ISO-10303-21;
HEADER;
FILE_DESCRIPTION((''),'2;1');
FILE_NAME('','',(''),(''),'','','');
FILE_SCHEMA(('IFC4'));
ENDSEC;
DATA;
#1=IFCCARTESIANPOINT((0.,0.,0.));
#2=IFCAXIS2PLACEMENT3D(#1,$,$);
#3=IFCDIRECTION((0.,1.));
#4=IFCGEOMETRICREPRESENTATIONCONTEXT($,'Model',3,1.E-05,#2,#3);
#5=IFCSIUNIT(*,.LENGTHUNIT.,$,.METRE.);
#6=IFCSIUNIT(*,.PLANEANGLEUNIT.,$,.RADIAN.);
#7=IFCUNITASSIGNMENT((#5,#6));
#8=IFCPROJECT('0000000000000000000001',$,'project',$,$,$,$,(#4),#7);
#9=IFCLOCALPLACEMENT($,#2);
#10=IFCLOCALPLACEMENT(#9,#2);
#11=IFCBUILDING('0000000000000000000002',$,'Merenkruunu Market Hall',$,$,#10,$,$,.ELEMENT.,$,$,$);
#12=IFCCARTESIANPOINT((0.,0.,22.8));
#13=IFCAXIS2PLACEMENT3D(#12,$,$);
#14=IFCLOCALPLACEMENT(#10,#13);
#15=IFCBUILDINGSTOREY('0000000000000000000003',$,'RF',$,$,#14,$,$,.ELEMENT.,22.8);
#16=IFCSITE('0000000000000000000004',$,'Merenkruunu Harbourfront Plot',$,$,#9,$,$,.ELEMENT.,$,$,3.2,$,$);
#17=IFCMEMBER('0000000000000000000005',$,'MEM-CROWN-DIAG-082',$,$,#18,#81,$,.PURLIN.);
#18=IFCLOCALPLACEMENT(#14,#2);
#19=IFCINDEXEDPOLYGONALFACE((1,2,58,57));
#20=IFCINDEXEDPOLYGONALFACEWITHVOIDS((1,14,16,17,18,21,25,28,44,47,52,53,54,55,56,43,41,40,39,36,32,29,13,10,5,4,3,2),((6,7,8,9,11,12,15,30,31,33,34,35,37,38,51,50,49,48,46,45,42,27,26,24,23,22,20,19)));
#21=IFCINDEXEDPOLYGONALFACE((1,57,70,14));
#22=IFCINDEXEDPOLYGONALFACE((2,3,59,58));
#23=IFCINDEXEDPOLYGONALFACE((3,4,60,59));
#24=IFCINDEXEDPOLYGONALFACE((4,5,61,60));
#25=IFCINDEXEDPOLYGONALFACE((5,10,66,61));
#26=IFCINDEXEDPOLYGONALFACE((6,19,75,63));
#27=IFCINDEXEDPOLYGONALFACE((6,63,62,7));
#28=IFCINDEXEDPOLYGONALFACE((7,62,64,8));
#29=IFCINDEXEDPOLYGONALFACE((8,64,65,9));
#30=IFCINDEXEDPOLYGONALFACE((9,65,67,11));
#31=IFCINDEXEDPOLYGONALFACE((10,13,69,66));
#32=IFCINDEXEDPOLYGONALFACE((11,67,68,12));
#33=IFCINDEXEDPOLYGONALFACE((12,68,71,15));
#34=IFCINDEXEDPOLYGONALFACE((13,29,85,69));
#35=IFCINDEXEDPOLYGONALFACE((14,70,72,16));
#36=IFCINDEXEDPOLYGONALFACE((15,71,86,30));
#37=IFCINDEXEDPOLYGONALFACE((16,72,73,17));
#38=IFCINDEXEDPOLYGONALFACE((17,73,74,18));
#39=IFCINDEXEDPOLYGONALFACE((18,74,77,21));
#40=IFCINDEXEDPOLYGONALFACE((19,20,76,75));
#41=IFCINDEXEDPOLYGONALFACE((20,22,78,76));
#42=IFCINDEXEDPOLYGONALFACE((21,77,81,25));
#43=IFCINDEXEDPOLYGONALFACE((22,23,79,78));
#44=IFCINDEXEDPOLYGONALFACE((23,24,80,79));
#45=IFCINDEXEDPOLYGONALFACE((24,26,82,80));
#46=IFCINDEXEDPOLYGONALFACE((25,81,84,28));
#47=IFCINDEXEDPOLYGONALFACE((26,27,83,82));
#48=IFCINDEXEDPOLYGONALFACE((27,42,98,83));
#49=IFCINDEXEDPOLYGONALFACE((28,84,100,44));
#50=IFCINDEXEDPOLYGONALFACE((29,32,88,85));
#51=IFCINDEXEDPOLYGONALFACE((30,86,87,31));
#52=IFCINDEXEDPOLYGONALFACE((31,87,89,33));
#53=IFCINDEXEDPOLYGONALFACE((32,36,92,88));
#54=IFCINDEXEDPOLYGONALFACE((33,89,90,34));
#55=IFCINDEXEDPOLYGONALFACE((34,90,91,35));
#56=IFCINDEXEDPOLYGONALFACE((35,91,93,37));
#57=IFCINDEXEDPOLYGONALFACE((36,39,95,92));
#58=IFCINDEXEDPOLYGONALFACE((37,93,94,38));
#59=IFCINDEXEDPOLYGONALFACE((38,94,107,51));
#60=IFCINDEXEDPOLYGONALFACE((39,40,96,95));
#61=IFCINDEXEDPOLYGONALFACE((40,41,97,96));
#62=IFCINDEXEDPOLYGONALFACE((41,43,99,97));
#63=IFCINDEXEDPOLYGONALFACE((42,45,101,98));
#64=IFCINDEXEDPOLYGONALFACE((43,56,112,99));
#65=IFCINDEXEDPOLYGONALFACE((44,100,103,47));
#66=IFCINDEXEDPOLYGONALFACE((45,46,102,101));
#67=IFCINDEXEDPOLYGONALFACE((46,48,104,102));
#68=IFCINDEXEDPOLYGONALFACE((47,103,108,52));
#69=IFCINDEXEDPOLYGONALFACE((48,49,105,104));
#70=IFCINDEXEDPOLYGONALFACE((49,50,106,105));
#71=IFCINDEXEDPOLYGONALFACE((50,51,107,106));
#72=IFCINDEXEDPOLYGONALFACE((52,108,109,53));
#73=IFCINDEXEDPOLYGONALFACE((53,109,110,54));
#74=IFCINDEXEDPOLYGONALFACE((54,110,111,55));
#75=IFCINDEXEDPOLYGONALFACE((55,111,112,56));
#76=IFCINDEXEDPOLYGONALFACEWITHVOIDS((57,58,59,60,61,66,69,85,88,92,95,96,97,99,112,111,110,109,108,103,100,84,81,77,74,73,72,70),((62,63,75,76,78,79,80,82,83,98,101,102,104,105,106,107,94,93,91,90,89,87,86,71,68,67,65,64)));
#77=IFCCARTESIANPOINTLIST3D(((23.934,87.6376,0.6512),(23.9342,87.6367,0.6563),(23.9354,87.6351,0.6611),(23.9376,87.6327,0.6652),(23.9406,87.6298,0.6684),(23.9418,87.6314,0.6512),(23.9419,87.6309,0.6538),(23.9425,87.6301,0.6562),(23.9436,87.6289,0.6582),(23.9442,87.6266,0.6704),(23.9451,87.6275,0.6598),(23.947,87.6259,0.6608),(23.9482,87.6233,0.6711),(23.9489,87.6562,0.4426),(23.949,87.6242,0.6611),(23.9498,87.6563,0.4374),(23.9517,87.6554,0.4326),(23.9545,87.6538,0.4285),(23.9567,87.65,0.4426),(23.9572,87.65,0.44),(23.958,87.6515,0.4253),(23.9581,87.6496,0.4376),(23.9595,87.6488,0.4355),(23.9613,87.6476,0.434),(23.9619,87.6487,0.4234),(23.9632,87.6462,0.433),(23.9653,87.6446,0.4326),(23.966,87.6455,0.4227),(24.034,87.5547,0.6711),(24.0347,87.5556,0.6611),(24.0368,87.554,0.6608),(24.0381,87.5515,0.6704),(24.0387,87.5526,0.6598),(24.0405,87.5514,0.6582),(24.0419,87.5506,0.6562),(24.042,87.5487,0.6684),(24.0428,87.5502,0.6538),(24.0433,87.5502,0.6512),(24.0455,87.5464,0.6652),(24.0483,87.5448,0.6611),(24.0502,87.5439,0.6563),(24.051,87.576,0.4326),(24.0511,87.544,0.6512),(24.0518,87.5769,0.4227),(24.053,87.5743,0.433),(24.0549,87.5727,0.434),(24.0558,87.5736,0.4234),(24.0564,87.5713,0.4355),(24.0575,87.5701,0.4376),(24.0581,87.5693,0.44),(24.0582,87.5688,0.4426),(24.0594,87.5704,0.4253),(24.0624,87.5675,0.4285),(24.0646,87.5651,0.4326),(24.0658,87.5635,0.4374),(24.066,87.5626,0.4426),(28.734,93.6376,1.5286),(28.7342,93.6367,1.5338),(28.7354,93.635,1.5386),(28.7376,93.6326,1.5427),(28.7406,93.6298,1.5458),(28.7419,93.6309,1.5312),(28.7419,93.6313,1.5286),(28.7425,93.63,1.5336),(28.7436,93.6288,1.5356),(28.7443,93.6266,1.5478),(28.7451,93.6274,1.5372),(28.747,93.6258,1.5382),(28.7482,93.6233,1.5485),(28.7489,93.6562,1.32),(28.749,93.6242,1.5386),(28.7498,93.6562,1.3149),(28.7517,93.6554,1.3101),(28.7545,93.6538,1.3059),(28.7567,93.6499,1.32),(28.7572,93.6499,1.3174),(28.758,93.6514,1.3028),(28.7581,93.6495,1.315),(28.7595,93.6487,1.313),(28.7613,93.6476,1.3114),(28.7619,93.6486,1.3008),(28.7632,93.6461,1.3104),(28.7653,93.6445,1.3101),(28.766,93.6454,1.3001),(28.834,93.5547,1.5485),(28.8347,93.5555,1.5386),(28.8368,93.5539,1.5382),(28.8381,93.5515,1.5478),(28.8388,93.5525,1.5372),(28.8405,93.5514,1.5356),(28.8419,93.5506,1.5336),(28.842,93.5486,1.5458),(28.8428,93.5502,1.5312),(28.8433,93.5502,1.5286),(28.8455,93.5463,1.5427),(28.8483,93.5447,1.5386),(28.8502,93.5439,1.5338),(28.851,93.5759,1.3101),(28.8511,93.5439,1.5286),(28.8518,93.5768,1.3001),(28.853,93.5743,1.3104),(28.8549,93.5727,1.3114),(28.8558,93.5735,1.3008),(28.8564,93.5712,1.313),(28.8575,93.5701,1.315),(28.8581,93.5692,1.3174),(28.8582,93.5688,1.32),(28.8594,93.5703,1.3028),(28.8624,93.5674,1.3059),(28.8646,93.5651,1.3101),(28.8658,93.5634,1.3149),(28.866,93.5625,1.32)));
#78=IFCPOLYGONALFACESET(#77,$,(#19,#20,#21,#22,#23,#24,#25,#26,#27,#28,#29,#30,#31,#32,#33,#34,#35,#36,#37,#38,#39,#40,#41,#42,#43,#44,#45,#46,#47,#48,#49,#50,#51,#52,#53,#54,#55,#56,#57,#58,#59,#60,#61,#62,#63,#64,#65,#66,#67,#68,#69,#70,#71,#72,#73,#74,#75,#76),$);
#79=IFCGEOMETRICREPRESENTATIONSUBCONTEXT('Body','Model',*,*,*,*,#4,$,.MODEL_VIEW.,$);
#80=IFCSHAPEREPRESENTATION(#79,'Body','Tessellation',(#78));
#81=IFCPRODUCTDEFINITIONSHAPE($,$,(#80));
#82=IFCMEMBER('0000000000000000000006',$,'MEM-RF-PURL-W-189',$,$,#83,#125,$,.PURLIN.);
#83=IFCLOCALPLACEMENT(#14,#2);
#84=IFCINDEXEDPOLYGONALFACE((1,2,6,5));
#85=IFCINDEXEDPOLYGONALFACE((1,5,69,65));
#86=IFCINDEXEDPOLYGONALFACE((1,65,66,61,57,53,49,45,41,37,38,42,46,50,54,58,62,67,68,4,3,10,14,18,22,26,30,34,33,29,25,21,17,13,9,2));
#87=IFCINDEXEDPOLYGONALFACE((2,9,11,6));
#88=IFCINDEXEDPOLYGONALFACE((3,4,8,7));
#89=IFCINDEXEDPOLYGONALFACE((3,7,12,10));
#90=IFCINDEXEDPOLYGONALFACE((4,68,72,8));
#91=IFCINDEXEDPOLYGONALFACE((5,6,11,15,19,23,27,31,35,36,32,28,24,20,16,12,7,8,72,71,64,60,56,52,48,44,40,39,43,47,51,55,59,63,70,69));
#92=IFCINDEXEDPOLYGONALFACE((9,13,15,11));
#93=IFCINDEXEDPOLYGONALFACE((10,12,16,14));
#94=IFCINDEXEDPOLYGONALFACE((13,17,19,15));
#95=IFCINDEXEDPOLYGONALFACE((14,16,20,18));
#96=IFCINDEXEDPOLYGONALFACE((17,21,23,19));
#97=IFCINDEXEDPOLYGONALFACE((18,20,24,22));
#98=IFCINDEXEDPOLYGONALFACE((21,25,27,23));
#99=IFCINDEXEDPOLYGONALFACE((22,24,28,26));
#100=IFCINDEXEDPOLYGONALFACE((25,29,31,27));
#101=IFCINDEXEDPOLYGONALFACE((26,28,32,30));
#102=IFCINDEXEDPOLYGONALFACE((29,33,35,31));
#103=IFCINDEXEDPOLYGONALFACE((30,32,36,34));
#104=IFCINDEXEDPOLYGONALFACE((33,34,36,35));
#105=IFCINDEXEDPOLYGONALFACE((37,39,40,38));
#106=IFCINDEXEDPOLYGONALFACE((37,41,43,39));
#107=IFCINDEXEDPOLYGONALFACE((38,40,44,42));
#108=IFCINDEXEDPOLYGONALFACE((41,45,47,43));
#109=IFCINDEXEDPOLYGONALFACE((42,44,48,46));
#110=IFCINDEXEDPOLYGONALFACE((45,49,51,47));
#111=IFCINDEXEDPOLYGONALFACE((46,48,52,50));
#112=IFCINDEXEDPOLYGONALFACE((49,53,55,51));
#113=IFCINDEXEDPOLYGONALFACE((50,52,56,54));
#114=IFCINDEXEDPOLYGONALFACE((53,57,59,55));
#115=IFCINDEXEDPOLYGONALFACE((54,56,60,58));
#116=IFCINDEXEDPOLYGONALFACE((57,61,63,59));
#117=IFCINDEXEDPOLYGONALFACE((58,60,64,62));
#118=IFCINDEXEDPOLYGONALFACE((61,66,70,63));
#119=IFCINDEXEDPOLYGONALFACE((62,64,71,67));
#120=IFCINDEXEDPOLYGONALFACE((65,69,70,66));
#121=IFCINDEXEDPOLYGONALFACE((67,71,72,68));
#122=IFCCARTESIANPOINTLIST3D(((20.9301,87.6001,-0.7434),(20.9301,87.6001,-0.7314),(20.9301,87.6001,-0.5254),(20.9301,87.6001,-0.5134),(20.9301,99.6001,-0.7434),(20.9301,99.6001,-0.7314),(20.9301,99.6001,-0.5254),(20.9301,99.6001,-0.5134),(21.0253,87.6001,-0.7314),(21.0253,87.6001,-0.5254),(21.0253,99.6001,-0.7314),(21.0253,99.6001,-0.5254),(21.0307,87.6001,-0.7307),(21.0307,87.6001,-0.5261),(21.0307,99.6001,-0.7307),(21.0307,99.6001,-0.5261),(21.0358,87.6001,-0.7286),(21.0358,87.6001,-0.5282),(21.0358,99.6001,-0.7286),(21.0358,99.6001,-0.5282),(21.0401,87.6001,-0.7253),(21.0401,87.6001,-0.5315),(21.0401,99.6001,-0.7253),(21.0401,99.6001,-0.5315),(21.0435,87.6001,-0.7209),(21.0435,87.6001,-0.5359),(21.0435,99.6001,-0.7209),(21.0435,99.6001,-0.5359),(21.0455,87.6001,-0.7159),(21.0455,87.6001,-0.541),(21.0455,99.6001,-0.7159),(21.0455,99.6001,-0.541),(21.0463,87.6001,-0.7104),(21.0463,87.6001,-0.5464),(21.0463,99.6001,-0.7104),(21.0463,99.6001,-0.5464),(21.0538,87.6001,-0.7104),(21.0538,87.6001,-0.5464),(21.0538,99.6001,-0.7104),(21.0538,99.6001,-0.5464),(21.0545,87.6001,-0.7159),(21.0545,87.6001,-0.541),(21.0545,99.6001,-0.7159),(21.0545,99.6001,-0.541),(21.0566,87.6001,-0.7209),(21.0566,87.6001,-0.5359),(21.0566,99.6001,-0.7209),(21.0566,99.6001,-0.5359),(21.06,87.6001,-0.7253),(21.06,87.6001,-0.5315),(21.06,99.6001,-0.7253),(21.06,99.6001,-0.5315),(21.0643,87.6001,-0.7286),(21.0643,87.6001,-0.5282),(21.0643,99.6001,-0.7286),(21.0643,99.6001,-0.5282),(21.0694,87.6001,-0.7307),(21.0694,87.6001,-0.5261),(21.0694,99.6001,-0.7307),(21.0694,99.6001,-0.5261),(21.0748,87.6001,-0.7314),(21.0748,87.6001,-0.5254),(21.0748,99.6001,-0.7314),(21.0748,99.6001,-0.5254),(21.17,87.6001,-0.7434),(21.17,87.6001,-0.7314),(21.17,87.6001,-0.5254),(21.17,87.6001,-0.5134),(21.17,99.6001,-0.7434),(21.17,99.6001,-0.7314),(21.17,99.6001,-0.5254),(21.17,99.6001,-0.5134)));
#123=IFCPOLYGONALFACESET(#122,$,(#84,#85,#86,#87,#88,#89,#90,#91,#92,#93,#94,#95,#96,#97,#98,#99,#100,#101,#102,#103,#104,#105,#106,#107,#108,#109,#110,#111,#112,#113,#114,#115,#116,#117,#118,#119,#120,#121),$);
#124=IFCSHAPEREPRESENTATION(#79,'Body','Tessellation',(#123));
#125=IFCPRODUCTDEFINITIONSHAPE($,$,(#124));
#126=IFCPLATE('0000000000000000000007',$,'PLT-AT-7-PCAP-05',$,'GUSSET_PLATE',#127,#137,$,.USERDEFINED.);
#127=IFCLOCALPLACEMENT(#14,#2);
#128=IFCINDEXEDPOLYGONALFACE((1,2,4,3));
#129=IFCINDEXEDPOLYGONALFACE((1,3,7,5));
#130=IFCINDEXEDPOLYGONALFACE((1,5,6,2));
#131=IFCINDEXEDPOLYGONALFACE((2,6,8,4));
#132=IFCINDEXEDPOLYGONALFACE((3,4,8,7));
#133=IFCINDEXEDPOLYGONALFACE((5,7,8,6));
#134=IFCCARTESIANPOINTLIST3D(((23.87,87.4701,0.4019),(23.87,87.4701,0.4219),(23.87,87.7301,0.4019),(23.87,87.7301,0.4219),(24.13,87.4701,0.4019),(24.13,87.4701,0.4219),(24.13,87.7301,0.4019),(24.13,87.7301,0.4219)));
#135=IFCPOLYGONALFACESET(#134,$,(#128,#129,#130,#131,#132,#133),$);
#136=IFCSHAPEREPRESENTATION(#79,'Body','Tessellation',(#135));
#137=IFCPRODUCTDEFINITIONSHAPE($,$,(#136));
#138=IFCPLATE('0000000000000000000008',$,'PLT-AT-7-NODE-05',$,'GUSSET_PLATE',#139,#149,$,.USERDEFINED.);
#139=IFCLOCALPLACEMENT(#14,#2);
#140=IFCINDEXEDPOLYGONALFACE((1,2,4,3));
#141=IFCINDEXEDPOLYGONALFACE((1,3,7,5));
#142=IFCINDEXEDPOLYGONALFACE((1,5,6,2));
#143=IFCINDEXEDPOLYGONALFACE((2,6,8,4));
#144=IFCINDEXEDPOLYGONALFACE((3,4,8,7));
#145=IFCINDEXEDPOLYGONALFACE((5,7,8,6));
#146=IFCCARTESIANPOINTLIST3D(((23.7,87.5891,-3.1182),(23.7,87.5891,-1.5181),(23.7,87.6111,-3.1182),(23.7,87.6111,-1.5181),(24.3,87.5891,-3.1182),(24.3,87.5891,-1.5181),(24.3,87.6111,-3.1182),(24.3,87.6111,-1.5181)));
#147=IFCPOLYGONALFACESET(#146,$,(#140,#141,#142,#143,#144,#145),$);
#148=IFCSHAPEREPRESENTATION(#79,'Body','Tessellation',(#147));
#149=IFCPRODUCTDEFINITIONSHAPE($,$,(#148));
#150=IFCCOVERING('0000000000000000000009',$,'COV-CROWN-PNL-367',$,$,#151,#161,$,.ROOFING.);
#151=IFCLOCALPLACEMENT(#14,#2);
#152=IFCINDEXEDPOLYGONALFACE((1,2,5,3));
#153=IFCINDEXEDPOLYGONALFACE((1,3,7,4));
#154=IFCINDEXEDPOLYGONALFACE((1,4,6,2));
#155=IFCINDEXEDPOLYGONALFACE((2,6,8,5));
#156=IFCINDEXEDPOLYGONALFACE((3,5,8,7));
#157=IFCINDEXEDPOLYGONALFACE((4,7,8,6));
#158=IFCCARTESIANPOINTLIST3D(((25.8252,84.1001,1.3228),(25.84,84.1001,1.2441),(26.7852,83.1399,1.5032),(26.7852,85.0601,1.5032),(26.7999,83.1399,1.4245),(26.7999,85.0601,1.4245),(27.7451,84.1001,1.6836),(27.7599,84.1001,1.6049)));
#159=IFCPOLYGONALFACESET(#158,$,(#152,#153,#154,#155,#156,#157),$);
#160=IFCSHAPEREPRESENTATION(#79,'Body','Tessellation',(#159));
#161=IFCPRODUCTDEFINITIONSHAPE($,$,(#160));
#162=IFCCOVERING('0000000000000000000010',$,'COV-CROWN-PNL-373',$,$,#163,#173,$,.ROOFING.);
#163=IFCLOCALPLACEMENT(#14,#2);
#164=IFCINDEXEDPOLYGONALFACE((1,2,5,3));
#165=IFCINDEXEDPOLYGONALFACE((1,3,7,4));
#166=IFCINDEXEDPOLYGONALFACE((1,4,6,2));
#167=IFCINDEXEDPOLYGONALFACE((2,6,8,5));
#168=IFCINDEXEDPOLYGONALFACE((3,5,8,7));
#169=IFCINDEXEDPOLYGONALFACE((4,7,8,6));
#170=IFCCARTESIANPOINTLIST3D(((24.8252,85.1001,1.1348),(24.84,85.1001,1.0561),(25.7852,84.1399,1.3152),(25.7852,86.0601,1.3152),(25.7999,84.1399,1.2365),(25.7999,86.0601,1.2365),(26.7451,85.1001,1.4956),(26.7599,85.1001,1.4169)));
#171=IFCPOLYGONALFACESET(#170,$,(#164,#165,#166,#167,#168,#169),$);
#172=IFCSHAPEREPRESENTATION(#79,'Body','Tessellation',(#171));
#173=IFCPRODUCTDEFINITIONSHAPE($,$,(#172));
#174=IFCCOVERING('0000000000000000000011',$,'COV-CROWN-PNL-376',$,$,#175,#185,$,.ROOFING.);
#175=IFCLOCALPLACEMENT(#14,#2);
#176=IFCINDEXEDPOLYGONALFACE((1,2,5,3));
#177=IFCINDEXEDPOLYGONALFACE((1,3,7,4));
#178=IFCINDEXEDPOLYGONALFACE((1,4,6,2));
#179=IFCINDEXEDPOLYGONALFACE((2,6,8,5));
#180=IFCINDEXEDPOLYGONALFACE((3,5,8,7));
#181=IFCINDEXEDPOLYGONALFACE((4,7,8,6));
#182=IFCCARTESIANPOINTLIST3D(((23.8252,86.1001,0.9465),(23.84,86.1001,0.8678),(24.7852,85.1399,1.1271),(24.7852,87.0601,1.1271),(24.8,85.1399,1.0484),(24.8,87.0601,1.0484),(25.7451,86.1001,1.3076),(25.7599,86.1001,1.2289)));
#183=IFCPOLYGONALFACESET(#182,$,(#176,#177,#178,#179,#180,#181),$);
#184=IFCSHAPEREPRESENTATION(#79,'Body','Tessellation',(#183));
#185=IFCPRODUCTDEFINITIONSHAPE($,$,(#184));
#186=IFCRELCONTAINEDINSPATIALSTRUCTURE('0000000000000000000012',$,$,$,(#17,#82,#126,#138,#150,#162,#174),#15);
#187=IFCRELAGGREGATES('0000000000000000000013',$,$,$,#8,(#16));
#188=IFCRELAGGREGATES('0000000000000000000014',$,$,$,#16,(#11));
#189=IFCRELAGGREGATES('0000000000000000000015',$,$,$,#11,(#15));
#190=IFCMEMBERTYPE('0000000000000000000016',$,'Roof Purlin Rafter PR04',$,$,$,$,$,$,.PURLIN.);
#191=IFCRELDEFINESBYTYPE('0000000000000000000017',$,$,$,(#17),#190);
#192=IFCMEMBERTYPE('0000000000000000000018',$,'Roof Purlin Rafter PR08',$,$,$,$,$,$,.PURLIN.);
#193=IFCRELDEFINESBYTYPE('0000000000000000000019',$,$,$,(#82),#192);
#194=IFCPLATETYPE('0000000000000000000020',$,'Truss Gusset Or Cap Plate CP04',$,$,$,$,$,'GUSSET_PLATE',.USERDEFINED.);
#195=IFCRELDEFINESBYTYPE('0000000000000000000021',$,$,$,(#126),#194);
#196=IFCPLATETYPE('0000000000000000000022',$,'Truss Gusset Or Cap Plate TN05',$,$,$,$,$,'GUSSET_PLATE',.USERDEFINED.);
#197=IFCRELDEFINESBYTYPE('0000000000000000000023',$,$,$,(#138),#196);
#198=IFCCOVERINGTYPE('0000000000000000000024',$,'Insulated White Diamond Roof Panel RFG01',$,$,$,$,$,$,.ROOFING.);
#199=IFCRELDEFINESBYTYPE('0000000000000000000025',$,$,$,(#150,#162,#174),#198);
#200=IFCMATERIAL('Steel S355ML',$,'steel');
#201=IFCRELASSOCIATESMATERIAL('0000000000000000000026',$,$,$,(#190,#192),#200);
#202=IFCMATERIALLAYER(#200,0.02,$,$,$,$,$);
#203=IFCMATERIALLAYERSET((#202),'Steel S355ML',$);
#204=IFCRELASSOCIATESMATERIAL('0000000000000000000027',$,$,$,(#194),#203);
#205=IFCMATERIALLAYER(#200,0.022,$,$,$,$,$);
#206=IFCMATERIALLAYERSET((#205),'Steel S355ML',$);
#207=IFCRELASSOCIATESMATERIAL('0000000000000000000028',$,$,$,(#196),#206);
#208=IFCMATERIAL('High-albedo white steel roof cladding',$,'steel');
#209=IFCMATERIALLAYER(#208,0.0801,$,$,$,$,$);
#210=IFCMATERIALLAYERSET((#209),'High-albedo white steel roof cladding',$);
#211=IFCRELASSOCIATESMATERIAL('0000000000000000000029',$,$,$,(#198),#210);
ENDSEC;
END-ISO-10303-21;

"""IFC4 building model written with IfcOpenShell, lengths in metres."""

from ifc_helpers import new_model, si_unit, direction, frame, origin, origin_2d, place, context, subcontext, project, spatial, polyline, rectangle, hollow_rectangle, i_section, outline, extrude, material, layer, layer_set, material_profile, profile_set, type_object, element, save


model = new_model("IFC4")

# Units and contexts
model_context = context("Model", 3, precision=1e-05, world=origin(), true_north=direction((0.0, 1.0)))
body_context = subcontext(model_context, "Body", "Model", "MODEL_VIEW")
ifc_project = project(units=[si_unit("LENGTHUNIT", "METRE"), si_unit("PLANEANGLEUNIT", "RADIAN")], contexts=[model_context])

# Site, building, storey
site_placement = place(None, origin())
site = spatial("IfcSite", under=ifc_project, at=site_placement, Name="Merenkruunu Harbourfront Plot", CompositionType="ELEMENT", RefElevation=3.2)
building_placement = place(site_placement, origin())
building = spatial("IfcBuilding", under=site, at=building_placement, Name="Merenkruunu Market Hall", CompositionType="ELEMENT")
storey_placement = place(building_placement, frame((0.0, 0.0, 22.8)))
storey = spatial("IfcBuildingStorey", under=building, at=storey_placement, Name="RF", CompositionType="ELEMENT", Elevation=22.8)

# Members
ifc_material_1 = material(Name="Steel S355ML", Category="steel")
ifc_material_profile_1 = material_profile(ifc_material_1, hollow_rectangle(XDim=0.1499, YDim=0.25, WallThickness=0.01, InnerFilletRadius=0.01, OuterFilletRadius=0.02, at=origin_2d()), Name="RHS 250x150x10")
ifc_profile_set_1 = profile_set([ifc_material_profile_1], Name="Steel S355ML")
member_type_1 = type_object("IfcMemberType", Name="Roof Purlin Rafter PR04", PredefinedType="PURLIN", material=ifc_profile_set_1)
member_1_placement = place(storey_placement, frame((24.0, 87.6001, 0.5469), z_axis=(0.620665, 0.775824, 0.113457), x_axis=(-0.780866, 0.624699, 0.0)))
element("IfcMember", 1, at=member_1_placement, inside=storey, type_object=member_type_1, Name="MEM-CROWN-DIAG-082", PredefinedType="PURLIN", context=body_context, shape_type="SweptSolid", body=[
    extrude(hollow_rectangle(XDim=0.1499, YDim=0.25, WallThickness=0.01, InnerFilletRadius=0.01, OuterFilletRadius=0.02, at=origin_2d()), origin(), (0.0, 0.0, 1.0), 7.7336),
])
ifc_material_profile_2 = material_profile(ifc_material_1, i_section(OverallWidth=0.24, OverallDepth=0.23, WebThickness=0.0076, FlangeThickness=0.012, FilletRadius=0.021, at=origin_2d()), Name="HEA 240")
ifc_profile_set_2 = profile_set([ifc_material_profile_2], Name="Steel S355ML")
member_type_2 = type_object("IfcMemberType", Name="Roof Purlin Rafter PR08", PredefinedType="PURLIN", material=ifc_profile_set_2)
member_2_placement = place(storey_placement, frame((21.05, 87.6001, -0.6284), z_axis=(0.0, 1.0, 0.0), x_axis=(-1.0, 0.0, 0.0)))
element("IfcMember", 2, at=member_2_placement, inside=storey, type_object=member_type_2, Name="MEM-RF-PURL-W-189", PredefinedType="PURLIN", context=body_context, shape_type="SweptSolid", body=[
    extrude(i_section(OverallWidth=0.24, OverallDepth=0.23, WebThickness=0.0076, FlangeThickness=0.012, FilletRadius=0.021, at=origin_2d()), origin(), (0.0, 0.0, 1.0), 12.0),
])

# Plates
ifc_layer_1 = layer(ifc_material_1, 0.02)
ifc_layer_set_1 = layer_set([ifc_layer_1], Name="Steel S355ML")
plate_type_1 = type_object("IfcPlateType", Name="Truss Gusset Or Cap Plate CP04", ElementType="GUSSET_PLATE", PredefinedType="USERDEFINED", material=ifc_layer_set_1)
plate_1_placement = place(storey_placement, frame((24.0, 87.6001, 0.4019), z_axis=(0.0, 0.0, 1.0), x_axis=(1.0, 0.0, 0.0)))
element("IfcPlate", 3, at=plate_1_placement, inside=storey, type_object=plate_type_1, Name="PLT-AT-7-PCAP-05", ObjectType="GUSSET_PLATE", PredefinedType="USERDEFINED", context=body_context, shape_type="SweptSolid", body=[
    extrude(rectangle(XDim=0.26, YDim=0.26, at=origin_2d()), origin(), (0.0, 0.0, 1.0), 0.02),
])
ifc_layer_2 = layer(ifc_material_1, 0.022)
ifc_layer_set_2 = layer_set([ifc_layer_2], Name="Steel S355ML")
plate_type_2 = type_object("IfcPlateType", Name="Truss Gusset Or Cap Plate TN05", ElementType="GUSSET_PLATE", PredefinedType="USERDEFINED", material=ifc_layer_set_2)
plate_2_placement = place(storey_placement, frame((24.0, 87.6001, -3.1182), z_axis=(0.0, 0.0, 1.0), x_axis=(1.0, 0.0, 0.0)))
element("IfcPlate", 4, at=plate_2_placement, inside=storey, type_object=plate_type_2, Name="PLT-AT-7-NODE-05", ObjectType="GUSSET_PLATE", PredefinedType="USERDEFINED", context=body_context, shape_type="SweptSolid", body=[
    extrude(rectangle(XDim=0.6001, YDim=0.022, at=origin_2d()), origin(), (0.0, 0.0, 1.0), 1.6001),
])

# Coverings
ifc_material_2 = material(Name="High-albedo white steel roof cladding", Category="steel")
ifc_layer_3 = layer(ifc_material_2, 0.0801)
ifc_layer_set_3 = layer_set([ifc_layer_3], Name="High-albedo white steel roof cladding")
covering_type = type_object("IfcCoveringType", Name="Insulated White Diamond Roof Panel RFG01", PredefinedType="ROOFING", material=ifc_layer_set_3)
for number, where, z_axis, x_axis, name in (
    (5, (25.8252, 84.1001, 1.3228), (-0.184711, 0.0, 0.982793), (0.700856, -0.701035, 0.131722), "COV-CROWN-PNL-367"),
    (6, (24.8252, 85.1001, 1.1348), (-0.184711, 0.0, 0.982793), (0.700856, -0.701035, 0.131722), "COV-CROWN-PNL-373"),
):
    element("IfcCovering", number, at=place(storey_placement, frame(where, z_axis=z_axis, x_axis=x_axis)), inside=storey, type_object=covering_type, Name=name, PredefinedType="ROOFING", context=body_context, shape_type="SweptSolid", body=[
        extrude(outline(polyline([(0.0, 0.0), (1.3697, 0.0), (1.3931, 1.3695), (0.0236, 1.3693), (0.0, 0.0)])), origin(), (0.0, 0.0, -1.0), 0.0801),
    ])
for number, where, z_axis, x_axis, name in (
    (7, (23.8252, 86.1001, 0.9465), (-0.184832, 0.0, 0.98277), (0.700856, -0.701018, 0.131812), "COV-CROWN-PNL-376"),
):
    element("IfcCovering", number, at=place(storey_placement, frame(where, z_axis=z_axis, x_axis=x_axis)), inside=storey, type_object=covering_type, Name=name, PredefinedType="ROOFING", context=body_context, shape_type="SweptSolid", body=[
        extrude(outline(polyline([(0.0, 0.0), (1.3697, 0.0), (1.3932, 1.3695), (0.0237, 1.3694), (0.0, 0.0)])), origin(), (0.0, 0.0, -1.0), 0.0801),
    ])

save(model, "model.ifc")
